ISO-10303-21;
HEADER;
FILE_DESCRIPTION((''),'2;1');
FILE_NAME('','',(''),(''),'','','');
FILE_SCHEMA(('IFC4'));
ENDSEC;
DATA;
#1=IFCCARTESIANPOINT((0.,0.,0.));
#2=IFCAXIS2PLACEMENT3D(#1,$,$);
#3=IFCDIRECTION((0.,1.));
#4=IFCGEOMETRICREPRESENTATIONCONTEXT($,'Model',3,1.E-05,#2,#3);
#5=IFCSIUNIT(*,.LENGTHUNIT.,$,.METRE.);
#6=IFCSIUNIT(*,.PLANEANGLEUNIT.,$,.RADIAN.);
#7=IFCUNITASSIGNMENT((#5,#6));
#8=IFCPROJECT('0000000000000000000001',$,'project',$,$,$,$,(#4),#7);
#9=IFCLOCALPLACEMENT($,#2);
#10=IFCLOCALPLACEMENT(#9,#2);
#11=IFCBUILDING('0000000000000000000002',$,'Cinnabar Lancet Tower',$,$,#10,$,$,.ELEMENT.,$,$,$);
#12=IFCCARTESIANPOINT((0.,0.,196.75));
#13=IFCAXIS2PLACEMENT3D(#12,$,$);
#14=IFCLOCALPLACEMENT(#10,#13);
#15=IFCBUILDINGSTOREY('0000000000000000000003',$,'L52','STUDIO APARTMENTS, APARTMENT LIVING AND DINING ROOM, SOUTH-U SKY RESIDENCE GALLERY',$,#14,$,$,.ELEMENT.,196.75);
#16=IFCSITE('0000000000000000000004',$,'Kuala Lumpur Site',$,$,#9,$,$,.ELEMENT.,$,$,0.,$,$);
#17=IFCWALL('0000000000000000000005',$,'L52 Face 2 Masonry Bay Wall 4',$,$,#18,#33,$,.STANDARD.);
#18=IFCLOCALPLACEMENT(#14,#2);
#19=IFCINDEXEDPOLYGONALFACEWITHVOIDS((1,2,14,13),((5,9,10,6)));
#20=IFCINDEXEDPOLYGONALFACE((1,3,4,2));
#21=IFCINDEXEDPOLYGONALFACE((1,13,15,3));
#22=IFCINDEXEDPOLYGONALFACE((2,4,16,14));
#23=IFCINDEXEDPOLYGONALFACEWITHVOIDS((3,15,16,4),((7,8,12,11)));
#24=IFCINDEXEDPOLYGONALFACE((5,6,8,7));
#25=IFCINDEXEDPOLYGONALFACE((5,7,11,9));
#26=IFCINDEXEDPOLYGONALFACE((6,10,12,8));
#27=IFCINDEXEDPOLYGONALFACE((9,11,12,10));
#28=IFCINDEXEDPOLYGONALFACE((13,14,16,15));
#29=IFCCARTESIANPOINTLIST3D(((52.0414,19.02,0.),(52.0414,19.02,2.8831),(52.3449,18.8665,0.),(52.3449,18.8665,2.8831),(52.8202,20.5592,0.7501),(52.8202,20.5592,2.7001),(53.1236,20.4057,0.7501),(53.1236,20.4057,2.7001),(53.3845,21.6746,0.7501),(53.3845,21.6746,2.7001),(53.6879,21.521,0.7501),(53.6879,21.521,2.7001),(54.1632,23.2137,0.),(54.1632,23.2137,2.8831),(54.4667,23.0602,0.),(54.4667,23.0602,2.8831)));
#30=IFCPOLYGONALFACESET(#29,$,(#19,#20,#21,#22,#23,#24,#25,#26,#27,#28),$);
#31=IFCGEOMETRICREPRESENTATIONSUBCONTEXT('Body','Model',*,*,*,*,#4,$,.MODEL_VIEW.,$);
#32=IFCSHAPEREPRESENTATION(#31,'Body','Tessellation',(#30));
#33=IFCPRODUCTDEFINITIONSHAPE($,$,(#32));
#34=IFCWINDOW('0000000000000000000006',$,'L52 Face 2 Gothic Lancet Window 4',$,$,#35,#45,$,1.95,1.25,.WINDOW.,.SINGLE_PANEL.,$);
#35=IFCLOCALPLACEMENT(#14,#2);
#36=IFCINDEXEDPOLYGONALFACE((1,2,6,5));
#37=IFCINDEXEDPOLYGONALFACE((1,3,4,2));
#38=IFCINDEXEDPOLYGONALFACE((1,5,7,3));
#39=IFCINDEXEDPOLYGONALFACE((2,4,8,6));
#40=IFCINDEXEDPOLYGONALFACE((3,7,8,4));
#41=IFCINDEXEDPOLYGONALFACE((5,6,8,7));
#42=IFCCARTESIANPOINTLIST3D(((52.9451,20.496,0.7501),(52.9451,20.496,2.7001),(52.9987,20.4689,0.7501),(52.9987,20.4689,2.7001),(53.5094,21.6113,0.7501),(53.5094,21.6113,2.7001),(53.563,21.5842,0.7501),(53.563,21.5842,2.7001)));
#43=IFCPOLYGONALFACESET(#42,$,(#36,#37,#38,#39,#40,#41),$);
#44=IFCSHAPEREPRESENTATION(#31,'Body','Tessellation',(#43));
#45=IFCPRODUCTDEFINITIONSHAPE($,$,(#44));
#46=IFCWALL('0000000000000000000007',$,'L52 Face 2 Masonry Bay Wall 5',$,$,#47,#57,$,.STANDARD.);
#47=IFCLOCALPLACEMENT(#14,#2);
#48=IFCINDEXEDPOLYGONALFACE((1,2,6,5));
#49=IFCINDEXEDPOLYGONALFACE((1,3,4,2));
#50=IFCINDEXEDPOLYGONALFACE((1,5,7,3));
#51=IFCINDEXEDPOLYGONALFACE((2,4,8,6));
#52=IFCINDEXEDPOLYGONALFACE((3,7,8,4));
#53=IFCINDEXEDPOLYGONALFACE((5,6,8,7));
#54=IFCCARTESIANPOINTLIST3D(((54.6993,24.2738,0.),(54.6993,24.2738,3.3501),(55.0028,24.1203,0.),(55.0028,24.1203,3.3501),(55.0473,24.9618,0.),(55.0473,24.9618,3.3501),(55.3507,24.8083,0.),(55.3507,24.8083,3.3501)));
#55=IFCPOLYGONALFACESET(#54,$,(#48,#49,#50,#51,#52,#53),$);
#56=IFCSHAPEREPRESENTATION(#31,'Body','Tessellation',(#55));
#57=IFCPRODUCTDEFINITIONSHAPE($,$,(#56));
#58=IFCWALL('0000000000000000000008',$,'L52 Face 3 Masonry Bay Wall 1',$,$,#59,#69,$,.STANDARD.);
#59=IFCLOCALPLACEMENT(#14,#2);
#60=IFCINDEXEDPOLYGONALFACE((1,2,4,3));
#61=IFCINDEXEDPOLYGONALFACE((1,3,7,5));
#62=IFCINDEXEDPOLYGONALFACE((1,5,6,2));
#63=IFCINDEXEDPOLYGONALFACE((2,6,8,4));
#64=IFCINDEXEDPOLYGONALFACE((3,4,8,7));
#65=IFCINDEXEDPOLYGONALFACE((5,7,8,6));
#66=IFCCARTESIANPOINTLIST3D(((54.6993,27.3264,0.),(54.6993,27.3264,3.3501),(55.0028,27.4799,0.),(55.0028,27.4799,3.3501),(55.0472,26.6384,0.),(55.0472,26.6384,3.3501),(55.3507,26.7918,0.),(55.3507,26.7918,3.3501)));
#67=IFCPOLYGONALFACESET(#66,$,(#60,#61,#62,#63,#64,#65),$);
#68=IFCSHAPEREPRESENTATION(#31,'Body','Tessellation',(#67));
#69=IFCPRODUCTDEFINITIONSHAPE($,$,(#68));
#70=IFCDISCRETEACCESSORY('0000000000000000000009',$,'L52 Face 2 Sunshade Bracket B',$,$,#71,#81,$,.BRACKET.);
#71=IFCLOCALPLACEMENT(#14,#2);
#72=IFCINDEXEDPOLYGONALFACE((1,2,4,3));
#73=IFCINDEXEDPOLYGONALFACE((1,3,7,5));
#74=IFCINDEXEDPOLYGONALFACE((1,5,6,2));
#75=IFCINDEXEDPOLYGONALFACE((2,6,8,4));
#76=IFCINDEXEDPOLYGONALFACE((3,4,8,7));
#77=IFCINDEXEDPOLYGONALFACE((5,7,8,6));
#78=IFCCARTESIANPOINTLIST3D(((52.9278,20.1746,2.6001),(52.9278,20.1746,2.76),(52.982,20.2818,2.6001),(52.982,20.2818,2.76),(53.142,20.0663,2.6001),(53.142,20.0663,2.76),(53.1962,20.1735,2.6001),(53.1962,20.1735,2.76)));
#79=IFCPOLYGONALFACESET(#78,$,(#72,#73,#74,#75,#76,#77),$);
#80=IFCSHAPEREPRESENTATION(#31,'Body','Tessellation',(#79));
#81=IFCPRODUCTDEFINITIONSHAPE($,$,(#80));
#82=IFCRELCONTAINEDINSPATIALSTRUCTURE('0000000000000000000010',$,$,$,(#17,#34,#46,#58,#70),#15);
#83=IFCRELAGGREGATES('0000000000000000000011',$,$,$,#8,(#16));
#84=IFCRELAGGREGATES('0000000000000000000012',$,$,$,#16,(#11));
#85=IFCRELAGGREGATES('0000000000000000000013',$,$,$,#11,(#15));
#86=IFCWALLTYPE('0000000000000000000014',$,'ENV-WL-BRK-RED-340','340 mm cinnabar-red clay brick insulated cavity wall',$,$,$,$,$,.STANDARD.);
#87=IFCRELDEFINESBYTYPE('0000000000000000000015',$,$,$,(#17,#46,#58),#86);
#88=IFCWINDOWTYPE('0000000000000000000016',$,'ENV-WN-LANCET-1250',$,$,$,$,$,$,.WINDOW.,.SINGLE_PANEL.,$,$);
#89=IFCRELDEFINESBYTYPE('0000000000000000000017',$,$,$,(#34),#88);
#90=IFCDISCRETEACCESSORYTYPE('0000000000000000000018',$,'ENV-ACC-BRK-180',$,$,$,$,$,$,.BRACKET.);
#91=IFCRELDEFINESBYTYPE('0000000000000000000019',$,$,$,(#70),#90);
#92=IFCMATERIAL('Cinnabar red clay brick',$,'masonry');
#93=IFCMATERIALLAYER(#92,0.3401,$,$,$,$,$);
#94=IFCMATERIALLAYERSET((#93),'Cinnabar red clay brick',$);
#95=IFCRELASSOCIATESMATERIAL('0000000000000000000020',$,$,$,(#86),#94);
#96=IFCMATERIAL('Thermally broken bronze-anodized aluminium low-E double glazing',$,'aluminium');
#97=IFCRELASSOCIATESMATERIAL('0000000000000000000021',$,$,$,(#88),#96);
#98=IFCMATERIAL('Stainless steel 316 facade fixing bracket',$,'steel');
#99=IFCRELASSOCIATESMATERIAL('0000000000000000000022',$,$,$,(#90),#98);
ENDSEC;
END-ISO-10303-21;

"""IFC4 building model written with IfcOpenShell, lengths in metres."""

from ifc_helpers import new_model, si_unit, direction, frame, frame_2d, origin, origin_2d, place, context, subcontext, project, spatial, rectangle, extrude, material, layer, layer_set, type_object, element, fill, save


model = new_model("IFC4")

# Units and contexts
model_context = context("Model", 3, precision=1e-05, world=origin(), true_north=direction((0.0, 1.0)))
body_context = subcontext(model_context, "Body", "Model", "MODEL_VIEW")
ifc_project = project(units=[si_unit("LENGTHUNIT", "METRE"), si_unit("PLANEANGLEUNIT", "RADIAN")], contexts=[model_context])

# Site, building, storey
site_placement = place(None, origin())
site = spatial("IfcSite", under=ifc_project, at=site_placement, Name="Kuala Lumpur Site", CompositionType="ELEMENT", RefElevation=0.0)
building_placement = place(site_placement, origin())
building = spatial("IfcBuilding", under=site, at=building_placement, Name="Cinnabar Lancet Tower", CompositionType="ELEMENT")
storey_placement = place(building_placement, frame((0.0, 0.0, 196.75)))
storey = spatial("IfcBuildingStorey", under=building, at=storey_placement, Name="L52", Description="STUDIO APARTMENTS, APARTMENT LIVING AND DINING ROOM, SOUTH-U SKY RESIDENCE GALLERY", CompositionType="ELEMENT", Elevation=196.75)

# Shared definitions
ifc_material_1 = material(Name="Cinnabar red clay brick", Category="masonry")
ifc_layer_1 = layer(ifc_material_1, 0.3401)
ifc_layer_set_1 = layer_set([ifc_layer_1], Name="Cinnabar red clay brick")
wall_type_1 = type_object("IfcWallType", Name="ENV-WL-BRK-RED-340", Description="340 mm cinnabar-red clay brick insulated cavity wall", PredefinedType="STANDARD", material=ifc_layer_set_1)

# Wall, opening, window
wall_1_placement = place(storey_placement, frame((52.1931, 18.9431, 0.0), z_axis=(0.0, 0.0, 1.0), x_axis=(0.451447, 0.892298, 0.0)))
wall_1 = element("IfcWall", 1, at=wall_1_placement, inside=storey, type_object=wall_type_1, Name="L52 Face 2 Masonry Bay Wall 4", PredefinedType="STANDARD", context=body_context, shape_type="SweptSolid", body=[
    extrude(rectangle(XDim=4.7, YDim=0.3401, at=frame_2d((2.3501, 0.0))), origin(), (0.0, 0.0, 1.0), 2.8831),
])
opening_1_placement = place(wall_1_placement, frame((1.7251, 0.0, 0.75)))
opening_1 = element("IfcOpeningElement", 2, at=opening_1_placement, cuts=wall_1, PredefinedType="OPENING", context=body_context, shape_type="SweptSolid", body=[
    extrude(rectangle(XDim=1.25, YDim=1.95, at=frame_2d((0.625, 0.9751))), frame((0.0, 0.1799, 0.0), z_axis=(0.0, -1.0, 0.0), x_axis=(1.0, 0.0, 0.0)), (0.0, 0.0, 1.0), 0.3601),
])
ifc_material_2 = material(Name="Thermally broken bronze-anodized aluminium low-E double glazing", Category="aluminium")
window_type = type_object("IfcWindowType", Name="ENV-WN-LANCET-1250", PartitioningType="SINGLE_PANEL", PredefinedType="WINDOW", material=ifc_material_2)
window_placement = place(opening_1_placement, origin())
window = element("IfcWindow", 3, at=window_placement, inside=storey, type_object=window_type, Name="L52 Face 2 Gothic Lancet Window 4", OverallHeight=1.95, OverallWidth=1.25, PartitioningType="SINGLE_PANEL", PredefinedType="WINDOW", context=body_context, shape_type="SweptSolid", body=[
    extrude(rectangle(XDim=1.25, YDim=1.95, at=frame_2d((0.625, 0.9751))), frame((0.0, 0.03, 0.0), z_axis=(0.0, -1.0, 0.0), x_axis=(1.0, 0.0, 0.0)), (0.0, 0.0, 1.0), 0.0601),
])
fill(opening_1, window)

# Walls
for number, where, z_axis, x_axis, name in (
    (4, (54.8511, 24.197, 0.0), (0.0, 0.0, 1.0), (0.451262, 0.892391, 0.0), "L52 Face 2 Masonry Bay Wall 5"),
    (5, (55.199, 26.7151, 0.0), (0.0, 0.0, 1.0), (-0.451262, 0.892391, 0.0), "L52 Face 3 Masonry Bay Wall 1"),
):
    element("IfcWall", number, at=place(storey_placement, frame(where, z_axis=z_axis, x_axis=x_axis)), inside=storey, type_object=wall_type_1, Name=name, PredefinedType="STANDARD", context=body_context, shape_type="SweptSolid", body=[
        extrude(rectangle(XDim=0.771, YDim=0.3401, at=frame_2d((0.3855, 0.0))), origin(), (0.0, 0.0, 1.0), 3.3501),
    ])

# Discrete accessory
ifc_material_3 = material(Name="Stainless steel 316 facade fixing bracket", Category="steel")
discrete_accessory_type = type_object("IfcDiscreteAccessoryType", Name="ENV-ACC-BRK-180", PredefinedType="BRACKET", material=ifc_material_3)
discrete_accessory_placement = place(storey_placement, frame((53.062, 20.1741, 2.6001), z_axis=(0.0, 0.0, 1.0), x_axis=(0.451407, 0.892318, 0.0)))
element("IfcDiscreteAccessory", 6, at=discrete_accessory_placement, inside=storey, type_object=discrete_accessory_type, Name="L52 Face 2 Sunshade Bracket B", PredefinedType="BRACKET", context=body_context, shape_type="SweptSolid", body=[
    extrude(rectangle(XDim=0.1201, YDim=0.24, at=origin_2d()), origin(), (0.0, 0.0, 1.0), 0.1599),
])

save(model, "model.ifc")
